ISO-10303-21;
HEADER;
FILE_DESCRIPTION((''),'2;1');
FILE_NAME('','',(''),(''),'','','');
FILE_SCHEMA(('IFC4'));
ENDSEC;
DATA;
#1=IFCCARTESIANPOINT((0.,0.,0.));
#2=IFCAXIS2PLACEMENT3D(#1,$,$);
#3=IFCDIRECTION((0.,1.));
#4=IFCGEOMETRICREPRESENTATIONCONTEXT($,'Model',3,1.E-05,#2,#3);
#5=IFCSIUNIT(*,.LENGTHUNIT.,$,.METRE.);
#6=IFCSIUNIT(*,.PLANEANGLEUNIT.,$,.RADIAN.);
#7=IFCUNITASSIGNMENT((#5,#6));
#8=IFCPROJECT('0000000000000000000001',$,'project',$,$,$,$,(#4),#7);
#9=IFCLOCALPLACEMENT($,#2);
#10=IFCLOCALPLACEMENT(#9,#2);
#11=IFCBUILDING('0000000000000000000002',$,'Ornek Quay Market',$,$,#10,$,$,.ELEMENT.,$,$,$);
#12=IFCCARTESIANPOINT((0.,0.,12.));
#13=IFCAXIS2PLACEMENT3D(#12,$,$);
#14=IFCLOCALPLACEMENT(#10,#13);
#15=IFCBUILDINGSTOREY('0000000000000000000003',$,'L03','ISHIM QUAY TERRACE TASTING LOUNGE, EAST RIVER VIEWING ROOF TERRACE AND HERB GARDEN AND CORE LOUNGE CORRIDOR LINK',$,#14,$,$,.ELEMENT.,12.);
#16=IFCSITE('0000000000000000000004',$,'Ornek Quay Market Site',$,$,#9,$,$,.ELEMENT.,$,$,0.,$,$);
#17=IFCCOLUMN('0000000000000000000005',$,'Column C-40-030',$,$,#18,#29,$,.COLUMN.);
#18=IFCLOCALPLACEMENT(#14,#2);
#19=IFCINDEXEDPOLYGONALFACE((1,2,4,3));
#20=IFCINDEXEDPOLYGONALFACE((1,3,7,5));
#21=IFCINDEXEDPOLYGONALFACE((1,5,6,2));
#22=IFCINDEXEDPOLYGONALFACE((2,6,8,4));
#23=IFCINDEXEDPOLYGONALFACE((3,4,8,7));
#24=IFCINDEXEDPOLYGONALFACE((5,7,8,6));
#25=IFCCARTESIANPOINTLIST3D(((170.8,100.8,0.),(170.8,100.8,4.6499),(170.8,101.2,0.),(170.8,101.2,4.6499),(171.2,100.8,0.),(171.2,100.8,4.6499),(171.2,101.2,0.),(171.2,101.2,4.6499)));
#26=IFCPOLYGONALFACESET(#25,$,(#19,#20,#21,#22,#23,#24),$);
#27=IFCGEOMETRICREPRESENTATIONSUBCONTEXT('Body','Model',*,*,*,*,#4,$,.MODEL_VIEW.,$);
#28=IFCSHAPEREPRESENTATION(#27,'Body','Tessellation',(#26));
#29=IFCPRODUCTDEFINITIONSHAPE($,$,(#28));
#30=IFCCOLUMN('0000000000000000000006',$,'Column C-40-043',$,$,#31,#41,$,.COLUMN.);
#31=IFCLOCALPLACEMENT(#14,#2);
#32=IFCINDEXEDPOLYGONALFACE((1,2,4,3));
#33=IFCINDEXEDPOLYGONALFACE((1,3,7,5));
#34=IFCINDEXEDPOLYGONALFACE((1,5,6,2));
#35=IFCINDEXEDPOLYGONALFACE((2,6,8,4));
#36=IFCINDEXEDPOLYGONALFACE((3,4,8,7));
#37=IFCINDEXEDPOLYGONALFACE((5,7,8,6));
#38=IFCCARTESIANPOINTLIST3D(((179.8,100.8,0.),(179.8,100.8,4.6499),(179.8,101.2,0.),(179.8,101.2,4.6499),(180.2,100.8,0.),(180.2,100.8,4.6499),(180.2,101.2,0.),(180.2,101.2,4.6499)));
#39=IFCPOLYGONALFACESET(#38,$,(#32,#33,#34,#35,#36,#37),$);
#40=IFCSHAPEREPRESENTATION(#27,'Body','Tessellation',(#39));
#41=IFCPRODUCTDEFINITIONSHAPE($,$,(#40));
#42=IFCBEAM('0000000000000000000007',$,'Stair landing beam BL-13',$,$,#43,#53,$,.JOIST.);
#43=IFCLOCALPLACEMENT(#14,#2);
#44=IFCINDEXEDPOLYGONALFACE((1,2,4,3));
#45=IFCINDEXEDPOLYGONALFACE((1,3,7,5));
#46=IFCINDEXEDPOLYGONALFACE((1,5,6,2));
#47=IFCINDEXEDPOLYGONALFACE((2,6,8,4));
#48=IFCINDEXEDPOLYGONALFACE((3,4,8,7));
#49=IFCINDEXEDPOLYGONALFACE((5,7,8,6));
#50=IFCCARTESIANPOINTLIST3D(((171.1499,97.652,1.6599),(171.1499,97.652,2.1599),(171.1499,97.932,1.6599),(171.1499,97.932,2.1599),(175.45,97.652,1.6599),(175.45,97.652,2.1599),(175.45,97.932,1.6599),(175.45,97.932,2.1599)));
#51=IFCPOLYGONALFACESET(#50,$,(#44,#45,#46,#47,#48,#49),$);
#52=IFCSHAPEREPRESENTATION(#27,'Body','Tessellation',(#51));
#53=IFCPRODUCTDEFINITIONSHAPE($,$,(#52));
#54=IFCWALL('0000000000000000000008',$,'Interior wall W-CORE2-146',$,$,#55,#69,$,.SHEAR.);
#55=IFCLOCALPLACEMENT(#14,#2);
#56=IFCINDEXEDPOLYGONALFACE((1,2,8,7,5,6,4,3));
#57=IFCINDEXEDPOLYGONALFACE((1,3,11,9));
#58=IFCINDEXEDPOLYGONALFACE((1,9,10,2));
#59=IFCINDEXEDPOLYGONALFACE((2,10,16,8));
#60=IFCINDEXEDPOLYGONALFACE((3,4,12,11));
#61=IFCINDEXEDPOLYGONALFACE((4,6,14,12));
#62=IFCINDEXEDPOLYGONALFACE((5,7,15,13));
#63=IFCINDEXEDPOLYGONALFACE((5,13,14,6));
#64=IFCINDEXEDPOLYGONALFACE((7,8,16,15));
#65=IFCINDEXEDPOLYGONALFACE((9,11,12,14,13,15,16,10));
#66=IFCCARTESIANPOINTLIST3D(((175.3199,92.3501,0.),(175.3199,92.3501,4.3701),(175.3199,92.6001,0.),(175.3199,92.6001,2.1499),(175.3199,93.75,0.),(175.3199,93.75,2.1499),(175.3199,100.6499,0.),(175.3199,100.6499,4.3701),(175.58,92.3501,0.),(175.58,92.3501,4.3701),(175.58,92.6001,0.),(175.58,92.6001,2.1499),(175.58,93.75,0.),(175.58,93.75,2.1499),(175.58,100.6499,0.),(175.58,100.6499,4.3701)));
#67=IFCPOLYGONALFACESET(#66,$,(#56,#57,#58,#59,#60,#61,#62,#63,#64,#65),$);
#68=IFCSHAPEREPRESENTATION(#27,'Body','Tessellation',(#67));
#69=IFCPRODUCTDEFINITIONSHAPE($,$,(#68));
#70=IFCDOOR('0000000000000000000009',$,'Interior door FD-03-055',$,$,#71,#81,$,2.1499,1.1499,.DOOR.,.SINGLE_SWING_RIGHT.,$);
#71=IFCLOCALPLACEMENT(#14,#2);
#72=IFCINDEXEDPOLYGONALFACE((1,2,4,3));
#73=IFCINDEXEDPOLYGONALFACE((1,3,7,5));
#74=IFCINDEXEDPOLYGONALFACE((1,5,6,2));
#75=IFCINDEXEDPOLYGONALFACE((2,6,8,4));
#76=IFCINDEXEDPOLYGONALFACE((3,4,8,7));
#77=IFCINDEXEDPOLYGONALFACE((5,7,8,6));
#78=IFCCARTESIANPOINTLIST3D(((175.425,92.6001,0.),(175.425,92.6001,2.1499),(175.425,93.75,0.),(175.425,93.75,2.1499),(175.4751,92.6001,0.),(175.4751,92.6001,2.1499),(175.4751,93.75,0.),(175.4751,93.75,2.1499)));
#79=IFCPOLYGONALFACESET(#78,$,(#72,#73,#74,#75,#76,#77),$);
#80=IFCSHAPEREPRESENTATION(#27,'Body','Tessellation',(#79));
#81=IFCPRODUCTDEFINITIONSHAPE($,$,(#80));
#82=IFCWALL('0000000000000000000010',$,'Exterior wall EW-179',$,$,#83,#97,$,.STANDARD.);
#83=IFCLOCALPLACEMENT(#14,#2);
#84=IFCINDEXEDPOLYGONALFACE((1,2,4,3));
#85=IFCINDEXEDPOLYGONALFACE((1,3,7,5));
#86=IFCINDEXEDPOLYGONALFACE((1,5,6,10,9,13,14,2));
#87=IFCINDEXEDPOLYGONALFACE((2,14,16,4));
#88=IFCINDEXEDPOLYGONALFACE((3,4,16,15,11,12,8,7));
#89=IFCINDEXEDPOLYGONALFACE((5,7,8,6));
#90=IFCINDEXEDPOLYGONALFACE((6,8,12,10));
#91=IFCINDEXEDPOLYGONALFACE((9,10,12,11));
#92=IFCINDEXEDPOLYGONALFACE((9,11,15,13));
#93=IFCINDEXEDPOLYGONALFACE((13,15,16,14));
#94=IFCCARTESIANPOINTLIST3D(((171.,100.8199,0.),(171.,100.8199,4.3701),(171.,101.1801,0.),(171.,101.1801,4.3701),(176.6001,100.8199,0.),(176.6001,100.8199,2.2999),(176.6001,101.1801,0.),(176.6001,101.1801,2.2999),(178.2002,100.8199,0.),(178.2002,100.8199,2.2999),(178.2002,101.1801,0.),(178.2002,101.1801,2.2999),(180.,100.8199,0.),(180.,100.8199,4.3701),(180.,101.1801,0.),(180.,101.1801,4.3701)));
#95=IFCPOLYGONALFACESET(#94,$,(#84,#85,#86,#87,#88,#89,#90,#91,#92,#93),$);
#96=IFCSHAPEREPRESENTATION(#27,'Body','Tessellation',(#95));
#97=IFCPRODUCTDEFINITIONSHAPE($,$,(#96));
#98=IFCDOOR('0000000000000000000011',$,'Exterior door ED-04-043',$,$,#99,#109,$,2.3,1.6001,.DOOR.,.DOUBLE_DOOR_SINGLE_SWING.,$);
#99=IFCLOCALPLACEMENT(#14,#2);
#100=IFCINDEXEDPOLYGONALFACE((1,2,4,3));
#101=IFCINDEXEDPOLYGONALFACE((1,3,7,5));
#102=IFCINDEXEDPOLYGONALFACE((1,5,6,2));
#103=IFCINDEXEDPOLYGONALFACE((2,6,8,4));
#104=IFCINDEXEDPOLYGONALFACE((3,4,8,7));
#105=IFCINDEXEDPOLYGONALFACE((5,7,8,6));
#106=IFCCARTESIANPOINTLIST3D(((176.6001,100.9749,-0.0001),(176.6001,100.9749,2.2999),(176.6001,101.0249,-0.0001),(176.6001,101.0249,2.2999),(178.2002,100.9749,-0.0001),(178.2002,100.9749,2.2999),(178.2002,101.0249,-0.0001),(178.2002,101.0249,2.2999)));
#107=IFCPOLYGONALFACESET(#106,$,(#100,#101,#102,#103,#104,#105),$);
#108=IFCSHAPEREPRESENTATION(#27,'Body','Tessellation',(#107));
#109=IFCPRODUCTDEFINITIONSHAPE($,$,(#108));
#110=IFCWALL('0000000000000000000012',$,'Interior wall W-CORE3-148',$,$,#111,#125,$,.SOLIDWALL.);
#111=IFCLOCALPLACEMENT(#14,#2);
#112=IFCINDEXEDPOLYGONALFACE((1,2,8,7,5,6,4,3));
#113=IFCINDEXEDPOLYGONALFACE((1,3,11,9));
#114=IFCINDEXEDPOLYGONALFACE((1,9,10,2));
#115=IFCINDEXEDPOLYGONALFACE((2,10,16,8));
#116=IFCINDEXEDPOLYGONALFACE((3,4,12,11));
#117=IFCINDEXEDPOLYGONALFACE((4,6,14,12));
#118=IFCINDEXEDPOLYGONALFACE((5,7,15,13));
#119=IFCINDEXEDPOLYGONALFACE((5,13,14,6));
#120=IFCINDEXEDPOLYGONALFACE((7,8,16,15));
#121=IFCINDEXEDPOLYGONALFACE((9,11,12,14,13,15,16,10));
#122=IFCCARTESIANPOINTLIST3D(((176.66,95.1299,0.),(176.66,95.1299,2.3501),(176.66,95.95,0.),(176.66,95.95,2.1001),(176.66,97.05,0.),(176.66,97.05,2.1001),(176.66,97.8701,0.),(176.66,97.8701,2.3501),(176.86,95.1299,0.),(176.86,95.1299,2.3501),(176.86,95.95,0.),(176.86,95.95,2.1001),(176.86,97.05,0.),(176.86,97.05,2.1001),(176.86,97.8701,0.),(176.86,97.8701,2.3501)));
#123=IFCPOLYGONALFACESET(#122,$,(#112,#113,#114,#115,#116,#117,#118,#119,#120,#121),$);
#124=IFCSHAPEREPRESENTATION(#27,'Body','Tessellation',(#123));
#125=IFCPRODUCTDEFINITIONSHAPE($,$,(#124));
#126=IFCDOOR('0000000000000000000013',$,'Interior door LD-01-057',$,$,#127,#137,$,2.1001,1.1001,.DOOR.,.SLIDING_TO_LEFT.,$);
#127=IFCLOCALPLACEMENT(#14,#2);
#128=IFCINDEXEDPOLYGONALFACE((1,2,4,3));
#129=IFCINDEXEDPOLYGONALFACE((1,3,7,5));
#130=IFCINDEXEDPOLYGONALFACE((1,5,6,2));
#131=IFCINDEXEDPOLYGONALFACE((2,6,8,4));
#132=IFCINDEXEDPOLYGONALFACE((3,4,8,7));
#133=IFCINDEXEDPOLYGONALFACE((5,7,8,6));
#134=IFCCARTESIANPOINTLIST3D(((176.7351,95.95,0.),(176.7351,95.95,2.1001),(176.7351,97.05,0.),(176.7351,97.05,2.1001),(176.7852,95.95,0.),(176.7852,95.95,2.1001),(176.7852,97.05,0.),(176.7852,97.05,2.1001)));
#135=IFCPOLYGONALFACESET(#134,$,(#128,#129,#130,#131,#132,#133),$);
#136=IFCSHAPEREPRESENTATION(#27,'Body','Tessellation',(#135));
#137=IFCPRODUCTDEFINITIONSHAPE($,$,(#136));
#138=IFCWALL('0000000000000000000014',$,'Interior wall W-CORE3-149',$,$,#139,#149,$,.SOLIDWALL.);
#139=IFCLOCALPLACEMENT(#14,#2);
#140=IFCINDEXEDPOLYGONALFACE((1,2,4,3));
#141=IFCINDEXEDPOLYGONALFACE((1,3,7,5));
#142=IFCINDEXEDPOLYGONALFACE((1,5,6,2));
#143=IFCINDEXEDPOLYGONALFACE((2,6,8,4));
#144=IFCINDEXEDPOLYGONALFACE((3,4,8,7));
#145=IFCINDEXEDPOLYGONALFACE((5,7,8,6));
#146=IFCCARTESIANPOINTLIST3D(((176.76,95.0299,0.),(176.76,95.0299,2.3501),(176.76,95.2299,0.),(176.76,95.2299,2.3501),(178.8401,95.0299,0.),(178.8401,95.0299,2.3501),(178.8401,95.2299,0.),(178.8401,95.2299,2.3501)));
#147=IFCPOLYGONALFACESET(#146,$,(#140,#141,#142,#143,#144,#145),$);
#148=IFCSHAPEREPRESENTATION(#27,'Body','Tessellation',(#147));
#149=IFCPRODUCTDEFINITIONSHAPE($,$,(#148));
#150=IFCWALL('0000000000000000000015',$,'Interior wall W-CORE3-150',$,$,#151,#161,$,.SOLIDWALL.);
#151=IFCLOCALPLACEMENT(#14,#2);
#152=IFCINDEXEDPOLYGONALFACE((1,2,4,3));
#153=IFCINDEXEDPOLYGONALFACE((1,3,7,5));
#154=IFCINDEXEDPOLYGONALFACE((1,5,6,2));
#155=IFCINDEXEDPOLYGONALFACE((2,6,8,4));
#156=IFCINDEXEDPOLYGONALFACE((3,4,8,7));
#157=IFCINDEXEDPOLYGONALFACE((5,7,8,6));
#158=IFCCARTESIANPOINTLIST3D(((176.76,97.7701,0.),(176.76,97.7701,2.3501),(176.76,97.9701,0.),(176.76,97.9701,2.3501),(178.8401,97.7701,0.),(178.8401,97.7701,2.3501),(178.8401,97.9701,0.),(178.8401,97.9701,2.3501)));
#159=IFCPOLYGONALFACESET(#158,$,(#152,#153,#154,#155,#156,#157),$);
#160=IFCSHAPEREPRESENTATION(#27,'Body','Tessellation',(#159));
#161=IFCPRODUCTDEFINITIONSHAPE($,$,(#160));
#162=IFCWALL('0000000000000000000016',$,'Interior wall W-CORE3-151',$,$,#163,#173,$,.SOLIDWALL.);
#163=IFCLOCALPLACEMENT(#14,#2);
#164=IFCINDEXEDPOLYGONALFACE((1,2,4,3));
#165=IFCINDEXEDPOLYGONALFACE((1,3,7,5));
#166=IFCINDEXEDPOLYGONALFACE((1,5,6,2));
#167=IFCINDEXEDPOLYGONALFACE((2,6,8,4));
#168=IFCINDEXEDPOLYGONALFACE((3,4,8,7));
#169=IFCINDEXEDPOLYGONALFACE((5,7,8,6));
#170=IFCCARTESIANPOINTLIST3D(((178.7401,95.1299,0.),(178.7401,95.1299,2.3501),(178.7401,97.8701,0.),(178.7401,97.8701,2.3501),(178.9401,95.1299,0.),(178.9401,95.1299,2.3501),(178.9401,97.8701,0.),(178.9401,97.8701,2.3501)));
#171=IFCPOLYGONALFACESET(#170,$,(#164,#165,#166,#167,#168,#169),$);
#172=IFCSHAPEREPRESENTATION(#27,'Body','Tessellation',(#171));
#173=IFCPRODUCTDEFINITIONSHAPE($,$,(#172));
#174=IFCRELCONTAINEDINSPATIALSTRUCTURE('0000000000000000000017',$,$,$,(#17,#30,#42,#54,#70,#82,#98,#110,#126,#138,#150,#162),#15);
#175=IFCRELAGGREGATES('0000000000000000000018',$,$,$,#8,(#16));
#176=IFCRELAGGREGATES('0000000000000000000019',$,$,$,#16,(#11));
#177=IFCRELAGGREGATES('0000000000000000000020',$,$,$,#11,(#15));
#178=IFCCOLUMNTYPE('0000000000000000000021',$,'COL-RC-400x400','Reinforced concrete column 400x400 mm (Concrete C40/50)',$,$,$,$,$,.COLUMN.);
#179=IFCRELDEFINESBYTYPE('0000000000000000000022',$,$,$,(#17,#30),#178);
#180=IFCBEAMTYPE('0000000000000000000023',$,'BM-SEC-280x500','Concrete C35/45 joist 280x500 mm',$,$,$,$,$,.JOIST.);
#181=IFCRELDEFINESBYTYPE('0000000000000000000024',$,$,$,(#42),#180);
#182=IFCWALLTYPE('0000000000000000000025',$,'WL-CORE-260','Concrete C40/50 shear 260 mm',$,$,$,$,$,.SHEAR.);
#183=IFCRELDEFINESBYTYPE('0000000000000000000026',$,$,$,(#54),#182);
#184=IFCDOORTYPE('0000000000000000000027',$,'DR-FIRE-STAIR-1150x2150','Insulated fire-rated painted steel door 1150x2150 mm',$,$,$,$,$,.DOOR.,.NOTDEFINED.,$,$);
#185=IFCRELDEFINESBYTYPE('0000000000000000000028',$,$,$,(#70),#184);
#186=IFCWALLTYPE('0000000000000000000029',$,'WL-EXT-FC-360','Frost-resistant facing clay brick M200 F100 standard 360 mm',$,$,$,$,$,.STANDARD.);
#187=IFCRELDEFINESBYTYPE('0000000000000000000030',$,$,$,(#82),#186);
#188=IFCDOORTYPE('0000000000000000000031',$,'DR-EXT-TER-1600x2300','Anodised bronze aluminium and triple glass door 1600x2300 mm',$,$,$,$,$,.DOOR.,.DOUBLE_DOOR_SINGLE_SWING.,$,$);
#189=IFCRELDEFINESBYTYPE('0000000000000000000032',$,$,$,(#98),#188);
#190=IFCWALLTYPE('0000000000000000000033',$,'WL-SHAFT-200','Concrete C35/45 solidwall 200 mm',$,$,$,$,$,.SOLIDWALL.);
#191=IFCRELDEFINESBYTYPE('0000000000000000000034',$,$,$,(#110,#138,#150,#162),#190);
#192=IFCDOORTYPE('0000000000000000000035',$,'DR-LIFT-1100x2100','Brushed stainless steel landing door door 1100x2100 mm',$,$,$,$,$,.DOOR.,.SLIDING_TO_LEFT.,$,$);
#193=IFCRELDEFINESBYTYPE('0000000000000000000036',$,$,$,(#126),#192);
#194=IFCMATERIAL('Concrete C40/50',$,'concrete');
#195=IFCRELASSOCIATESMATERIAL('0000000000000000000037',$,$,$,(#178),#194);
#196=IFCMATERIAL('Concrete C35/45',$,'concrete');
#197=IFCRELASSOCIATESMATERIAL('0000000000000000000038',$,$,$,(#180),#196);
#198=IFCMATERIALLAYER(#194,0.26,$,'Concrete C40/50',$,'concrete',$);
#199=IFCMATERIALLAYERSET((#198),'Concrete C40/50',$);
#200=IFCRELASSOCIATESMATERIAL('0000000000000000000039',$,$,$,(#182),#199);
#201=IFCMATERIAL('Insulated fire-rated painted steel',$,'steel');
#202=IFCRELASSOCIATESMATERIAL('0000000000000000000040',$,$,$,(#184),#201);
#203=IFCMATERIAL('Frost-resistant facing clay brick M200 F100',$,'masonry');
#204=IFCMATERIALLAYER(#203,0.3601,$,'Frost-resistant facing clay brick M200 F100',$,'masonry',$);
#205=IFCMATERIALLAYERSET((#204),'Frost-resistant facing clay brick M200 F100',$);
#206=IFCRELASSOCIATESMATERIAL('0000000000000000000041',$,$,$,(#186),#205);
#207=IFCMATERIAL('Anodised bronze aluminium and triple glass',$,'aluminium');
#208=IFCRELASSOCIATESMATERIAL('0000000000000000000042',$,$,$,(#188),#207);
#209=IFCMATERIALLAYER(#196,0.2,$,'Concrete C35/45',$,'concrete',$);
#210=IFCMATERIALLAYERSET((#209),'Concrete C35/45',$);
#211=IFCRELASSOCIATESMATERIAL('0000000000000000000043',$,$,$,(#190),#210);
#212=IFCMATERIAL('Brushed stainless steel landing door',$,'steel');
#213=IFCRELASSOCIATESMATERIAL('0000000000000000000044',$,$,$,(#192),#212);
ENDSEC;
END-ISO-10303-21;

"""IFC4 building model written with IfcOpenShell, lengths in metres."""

from ifc_helpers import new_model, si_unit, direction, frame, frame_2d, origin, origin_2d, place, context, subcontext, project, spatial, rectangle, extrude, material, layer, layer_set, material_profile, profile_set, type_object, element, fill, save


model = new_model("IFC4")

# Units and contexts
model_context = context("Model", 3, precision=1e-05, world=origin(), true_north=direction((0.0, 1.0)))
body_context = subcontext(model_context, "Body", "Model", "MODEL_VIEW")
ifc_project = project(units=[si_unit("LENGTHUNIT", "METRE"), si_unit("PLANEANGLEUNIT", "RADIAN")], contexts=[model_context])

# Site, building, storey
site_placement = place(None, origin())
site = spatial("IfcSite", under=ifc_project, at=site_placement, Name="Ornek Quay Market Site", CompositionType="ELEMENT", RefElevation=0.0)
building_placement = place(site_placement, origin())
building = spatial("IfcBuilding", under=site, at=building_placement, Name="Ornek Quay Market", CompositionType="ELEMENT")
storey_placement = place(building_placement, frame((0.0, 0.0, 12.0)))
storey = spatial("IfcBuildingStorey", under=building, at=storey_placement, Name="L03", Description="ISHIM QUAY TERRACE TASTING LOUNGE, EAST RIVER VIEWING ROOF TERRACE AND HERB GARDEN AND CORE LOUNGE CORRIDOR LINK", CompositionType="ELEMENT", Elevation=12.0)

# Columns
ifc_material_1 = material(Name="Concrete C40/50", Category="concrete")
ifc_material_profile_1 = material_profile(ifc_material_1, rectangle(XDim=0.3999, YDim=0.3999, at=origin_2d()), Name="RC 400x400", Category="concrete")
ifc_profile_set_1 = profile_set([ifc_material_profile_1], Name="Concrete C40/50")
column_type = type_object("IfcColumnType", Name="COL-RC-400x400", Description="Reinforced concrete column 400x400 mm (Concrete C40/50)", PredefinedType="COLUMN", material=ifc_profile_set_1)
for number, where, z_axis, x_axis, name in (
    (1, (171.0, 101.0, 0.0), (0.0, 0.0, 1.0), (1.0, 0.0, 0.0), "Column C-40-030"),
    (2, (180.0, 101.0, 0.0), (0.0, 0.0, 1.0), (1.0, 0.0, 0.0), "Column C-40-043"),
):
    element("IfcColumn", number, at=place(storey_placement, frame(where, z_axis=z_axis, x_axis=x_axis)), inside=storey, type_object=column_type, Name=name, PredefinedType="COLUMN", context=body_context, shape_type="SweptSolid", body=[
        extrude(rectangle(XDim=0.3999, YDim=0.3999, at=origin_2d()), origin(), (0.0, 0.0, 1.0), 4.6499),
    ])

# Beam
ifc_material_2 = material(Name="Concrete C35/45", Category="concrete")
ifc_material_profile_2 = material_profile(ifc_material_2, rectangle(XDim=0.28, YDim=0.5, at=origin_2d()), Name="RC 280x500", Category="concrete")
ifc_profile_set_2 = profile_set([ifc_material_profile_2], Name="Concrete C35/45")
beam_type = type_object("IfcBeamType", Name="BM-SEC-280x500", Description="Concrete C35/45 joist 280x500 mm", PredefinedType="JOIST", material=ifc_profile_set_2)
beam_placement = place(storey_placement, frame((171.1499, 97.792, 1.9099), z_axis=(1.0, 0.0, 0.0), x_axis=(0.0, 1.0, 0.0)))
element("IfcBeam", 3, at=beam_placement, inside=storey, type_object=beam_type, Name="Stair landing beam BL-13", PredefinedType="JOIST", context=body_context, shape_type="SweptSolid", body=[
    extrude(rectangle(XDim=0.28, YDim=0.5, at=origin_2d()), origin(), (0.0, 0.0, 1.0), 4.3),
])

# Walls, openings, doors
ifc_layer_1 = layer(ifc_material_1, 0.26, Name="Concrete C40/50", Category="concrete")
ifc_layer_set_1 = layer_set([ifc_layer_1], Name="Concrete C40/50")
wall_type_1 = type_object("IfcWallType", Name="WL-CORE-260", Description="Concrete C40/50 shear 260 mm", PredefinedType="SHEAR", material=ifc_layer_set_1)
wall_1_placement = place(storey_placement, frame((175.45, 92.3501, 0.0), z_axis=(0.0, 0.0, 1.0), x_axis=(0.0, 1.0, 0.0)))
wall_1 = element("IfcWall", 4, at=wall_1_placement, inside=storey, type_object=wall_type_1, Name="Interior wall W-CORE2-146", PredefinedType="SHEAR", context=body_context, shape_type="SweptSolid", body=[
    extrude(rectangle(XDim=8.2998, YDim=0.26, at=frame_2d((4.1499, 0.0))), origin(), (0.0, 0.0, 1.0), 4.3701),
])
opening_1_placement = place(wall_1_placement, frame((0.25, 0.0, 0.0)))
opening_1 = element("IfcOpeningElement", 5, at=opening_1_placement, cuts=wall_1, PredefinedType="OPENING", context=body_context, shape_type="SweptSolid", body=[
    extrude(rectangle(XDim=1.1499, YDim=2.1499, at=frame_2d((0.575, 1.075))), frame((0.0, 0.1399, 0.0), z_axis=(0.0, -1.0, 0.0), x_axis=(1.0, 0.0, 0.0)), (0.0, 0.0, 1.0), 0.28),
])
ifc_material_3 = material(Name="Insulated fire-rated painted steel", Category="steel")
door_type_1 = type_object("IfcDoorType", Name="DR-FIRE-STAIR-1150x2150", Description="Insulated fire-rated painted steel door 1150x2150 mm", OperationType="NOTDEFINED", PredefinedType="DOOR", material=ifc_material_3)
door_1_placement = place(opening_1_placement, origin())
door_1 = element("IfcDoor", 6, at=door_1_placement, inside=storey, type_object=door_type_1, Name="Interior door FD-03-055", OperationType="SINGLE_SWING_RIGHT", OverallHeight=2.1499, OverallWidth=1.1499, PredefinedType="DOOR", context=body_context, shape_type="SweptSolid", body=[
    extrude(rectangle(XDim=1.1499, YDim=2.1499, at=frame_2d((0.575, 1.075))), frame((0.0, 0.0249, 0.0), z_axis=(0.0, -1.0, 0.0), x_axis=(1.0, 0.0, 0.0)), (0.0, 0.0, 1.0), 0.05),
])
fill(opening_1, door_1)
ifc_material_4 = material(Name="Frost-resistant facing clay brick M200 F100", Category="masonry")
ifc_layer_2 = layer(ifc_material_4, 0.3601, Name="Frost-resistant facing clay brick M200 F100", Category="masonry")
ifc_layer_set_2 = layer_set([ifc_layer_2], Name="Frost-resistant facing clay brick M200 F100")
wall_type_2 = type_object("IfcWallType", Name="WL-EXT-FC-360", Description="Frost-resistant facing clay brick M200 F100 standard 360 mm", PredefinedType="STANDARD", material=ifc_layer_set_2)
wall_2_placement = place(storey_placement, frame((171.0, 101.0, 0.0), z_axis=(0.0, 0.0, 1.0), x_axis=(1.0, 0.0, 0.0)))
wall_2 = element("IfcWall", 7, at=wall_2_placement, inside=storey, type_object=wall_type_2, Name="Exterior wall EW-179", PredefinedType="STANDARD", context=body_context, shape_type="SweptSolid", body=[
    extrude(rectangle(XDim=9.0, YDim=0.3601, at=frame_2d((4.5, 0.0))), origin(), (0.0, 0.0, 1.0), 4.3701),
])
opening_2_placement = place(wall_2_placement, frame((5.6001, 0.0, 0.0)))
opening_2 = element("IfcOpeningElement", 8, at=opening_2_placement, cuts=wall_2, PredefinedType="OPENING", context=body_context, shape_type="SweptSolid", body=[
    extrude(rectangle(XDim=1.6001, YDim=2.3, at=frame_2d((0.8, 1.1499))), frame((0.0, 0.1899, 0.0), z_axis=(0.0, -1.0, 0.0), x_axis=(1.0, 0.0, 0.0)), (0.0, 0.0, 1.0), 0.3801),
])
ifc_material_5 = material(Name="Anodised bronze aluminium and triple glass", Category="aluminium")
door_type_2 = type_object("IfcDoorType", Name="DR-EXT-TER-1600x2300", Description="Anodised bronze aluminium and triple glass door 1600x2300 mm", OperationType="DOUBLE_DOOR_SINGLE_SWING", PredefinedType="DOOR", material=ifc_material_5)
door_2_placement = place(opening_2_placement, origin())
door_2 = element("IfcDoor", 9, at=door_2_placement, inside=storey, type_object=door_type_2, Name="Exterior door ED-04-043", OperationType="DOUBLE_DOOR_SINGLE_SWING", OverallHeight=2.3, OverallWidth=1.6001, PredefinedType="DOOR", context=body_context, shape_type="SweptSolid", body=[
    extrude(rectangle(XDim=1.6001, YDim=2.3, at=frame_2d((0.8, 1.1499))), frame((0.0, 0.0249, 0.0), z_axis=(0.0, -1.0, 0.0), x_axis=(1.0, 0.0, 0.0)), (0.0, 0.0, 1.0), 0.05),
])
fill(opening_2, door_2)
ifc_layer_3 = layer(ifc_material_2, 0.2, Name="Concrete C35/45", Category="concrete")
ifc_layer_set_3 = layer_set([ifc_layer_3], Name="Concrete C35/45")
wall_type_3 = type_object("IfcWallType", Name="WL-SHAFT-200", Description="Concrete C35/45 solidwall 200 mm", PredefinedType="SOLIDWALL", material=ifc_layer_set_3)
wall_3_placement = place(storey_placement, frame((176.76, 95.1299, 0.0), z_axis=(0.0, 0.0, 1.0), x_axis=(0.0, 1.0, 0.0)))
wall_3 = element("IfcWall", 10, at=wall_3_placement, inside=storey, type_object=wall_type_3, Name="Interior wall W-CORE3-148", PredefinedType="SOLIDWALL", context=body_context, shape_type="SweptSolid", body=[
    extrude(rectangle(XDim=2.7402, YDim=0.2, at=frame_2d((1.3701, 0.0))), origin(), (0.0, 0.0, 1.0), 2.3501),
])
opening_3_placement = place(wall_3_placement, frame((0.8201, 0.0, 0.0)))
opening_3 = element("IfcOpeningElement", 11, at=opening_3_placement, cuts=wall_3, PredefinedType="OPENING", context=body_context, shape_type="SweptSolid", body=[
    extrude(rectangle(XDim=1.1001, YDim=2.1001, at=frame_2d((0.55, 1.05))), frame((0.0, 0.1099, 0.0), z_axis=(0.0, -1.0, 0.0), x_axis=(1.0, 0.0, 0.0)), (0.0, 0.0, 1.0), 0.22),
])
ifc_material_6 = material(Name="Brushed stainless steel landing door", Category="steel")
door_type_3 = type_object("IfcDoorType", Name="DR-LIFT-1100x2100", Description="Brushed stainless steel landing door door 1100x2100 mm", OperationType="SLIDING_TO_LEFT", PredefinedType="DOOR", material=ifc_material_6)
door_3_placement = place(opening_3_placement, origin())
door_3 = element("IfcDoor", 12, at=door_3_placement, inside=storey, type_object=door_type_3, Name="Interior door LD-01-057", OperationType="SLIDING_TO_LEFT", OverallHeight=2.1001, OverallWidth=1.1001, PredefinedType="DOOR", context=body_context, shape_type="SweptSolid", body=[
    extrude(rectangle(XDim=1.1001, YDim=2.1001, at=frame_2d((0.55, 1.05))), frame((0.0, 0.0249, 0.0), z_axis=(0.0, -1.0, 0.0), x_axis=(1.0, 0.0, 0.0)), (0.0, 0.0, 1.0), 0.05),
])
fill(opening_3, door_3)

# Walls
for number, where, z_axis, x_axis, name in (
    (13, (176.76, 95.1299, 0.0), (0.0, 0.0, 1.0), (1.0, 0.0, 0.0), "Interior wall W-CORE3-149"),
    (14, (176.76, 97.8701, 0.0), (0.0, 0.0, 1.0), (1.0, 0.0, 0.0), "Interior wall W-CORE3-150"),
):
    element("IfcWall", number, at=place(storey_placement, frame(where, z_axis=z_axis, x_axis=x_axis)), inside=storey, type_object=wall_type_3, Name=name, PredefinedType="SOLIDWALL", context=body_context, shape_type="SweptSolid", body=[
        extrude(rectangle(XDim=2.0801, YDim=0.2, at=frame_2d((1.04, 0.0))), origin(), (0.0, 0.0, 1.0), 2.3501),
    ])
wall_4_placement = place(storey_placement, frame((178.8401, 95.1299, 0.0), z_axis=(0.0, 0.0, 1.0), x_axis=(0.0, 1.0, 0.0)))
element("IfcWall", 15, at=wall_4_placement, inside=storey, type_object=wall_type_3, Name="Interior wall W-CORE3-151", PredefinedType="SOLIDWALL", context=body_context, shape_type="SweptSolid", body=[
    extrude(rectangle(XDim=2.7402, YDim=0.2, at=frame_2d((1.3701, 0.0))), origin(), (0.0, 0.0, 1.0), 2.3501),
])

save(model, "model.ifc")
